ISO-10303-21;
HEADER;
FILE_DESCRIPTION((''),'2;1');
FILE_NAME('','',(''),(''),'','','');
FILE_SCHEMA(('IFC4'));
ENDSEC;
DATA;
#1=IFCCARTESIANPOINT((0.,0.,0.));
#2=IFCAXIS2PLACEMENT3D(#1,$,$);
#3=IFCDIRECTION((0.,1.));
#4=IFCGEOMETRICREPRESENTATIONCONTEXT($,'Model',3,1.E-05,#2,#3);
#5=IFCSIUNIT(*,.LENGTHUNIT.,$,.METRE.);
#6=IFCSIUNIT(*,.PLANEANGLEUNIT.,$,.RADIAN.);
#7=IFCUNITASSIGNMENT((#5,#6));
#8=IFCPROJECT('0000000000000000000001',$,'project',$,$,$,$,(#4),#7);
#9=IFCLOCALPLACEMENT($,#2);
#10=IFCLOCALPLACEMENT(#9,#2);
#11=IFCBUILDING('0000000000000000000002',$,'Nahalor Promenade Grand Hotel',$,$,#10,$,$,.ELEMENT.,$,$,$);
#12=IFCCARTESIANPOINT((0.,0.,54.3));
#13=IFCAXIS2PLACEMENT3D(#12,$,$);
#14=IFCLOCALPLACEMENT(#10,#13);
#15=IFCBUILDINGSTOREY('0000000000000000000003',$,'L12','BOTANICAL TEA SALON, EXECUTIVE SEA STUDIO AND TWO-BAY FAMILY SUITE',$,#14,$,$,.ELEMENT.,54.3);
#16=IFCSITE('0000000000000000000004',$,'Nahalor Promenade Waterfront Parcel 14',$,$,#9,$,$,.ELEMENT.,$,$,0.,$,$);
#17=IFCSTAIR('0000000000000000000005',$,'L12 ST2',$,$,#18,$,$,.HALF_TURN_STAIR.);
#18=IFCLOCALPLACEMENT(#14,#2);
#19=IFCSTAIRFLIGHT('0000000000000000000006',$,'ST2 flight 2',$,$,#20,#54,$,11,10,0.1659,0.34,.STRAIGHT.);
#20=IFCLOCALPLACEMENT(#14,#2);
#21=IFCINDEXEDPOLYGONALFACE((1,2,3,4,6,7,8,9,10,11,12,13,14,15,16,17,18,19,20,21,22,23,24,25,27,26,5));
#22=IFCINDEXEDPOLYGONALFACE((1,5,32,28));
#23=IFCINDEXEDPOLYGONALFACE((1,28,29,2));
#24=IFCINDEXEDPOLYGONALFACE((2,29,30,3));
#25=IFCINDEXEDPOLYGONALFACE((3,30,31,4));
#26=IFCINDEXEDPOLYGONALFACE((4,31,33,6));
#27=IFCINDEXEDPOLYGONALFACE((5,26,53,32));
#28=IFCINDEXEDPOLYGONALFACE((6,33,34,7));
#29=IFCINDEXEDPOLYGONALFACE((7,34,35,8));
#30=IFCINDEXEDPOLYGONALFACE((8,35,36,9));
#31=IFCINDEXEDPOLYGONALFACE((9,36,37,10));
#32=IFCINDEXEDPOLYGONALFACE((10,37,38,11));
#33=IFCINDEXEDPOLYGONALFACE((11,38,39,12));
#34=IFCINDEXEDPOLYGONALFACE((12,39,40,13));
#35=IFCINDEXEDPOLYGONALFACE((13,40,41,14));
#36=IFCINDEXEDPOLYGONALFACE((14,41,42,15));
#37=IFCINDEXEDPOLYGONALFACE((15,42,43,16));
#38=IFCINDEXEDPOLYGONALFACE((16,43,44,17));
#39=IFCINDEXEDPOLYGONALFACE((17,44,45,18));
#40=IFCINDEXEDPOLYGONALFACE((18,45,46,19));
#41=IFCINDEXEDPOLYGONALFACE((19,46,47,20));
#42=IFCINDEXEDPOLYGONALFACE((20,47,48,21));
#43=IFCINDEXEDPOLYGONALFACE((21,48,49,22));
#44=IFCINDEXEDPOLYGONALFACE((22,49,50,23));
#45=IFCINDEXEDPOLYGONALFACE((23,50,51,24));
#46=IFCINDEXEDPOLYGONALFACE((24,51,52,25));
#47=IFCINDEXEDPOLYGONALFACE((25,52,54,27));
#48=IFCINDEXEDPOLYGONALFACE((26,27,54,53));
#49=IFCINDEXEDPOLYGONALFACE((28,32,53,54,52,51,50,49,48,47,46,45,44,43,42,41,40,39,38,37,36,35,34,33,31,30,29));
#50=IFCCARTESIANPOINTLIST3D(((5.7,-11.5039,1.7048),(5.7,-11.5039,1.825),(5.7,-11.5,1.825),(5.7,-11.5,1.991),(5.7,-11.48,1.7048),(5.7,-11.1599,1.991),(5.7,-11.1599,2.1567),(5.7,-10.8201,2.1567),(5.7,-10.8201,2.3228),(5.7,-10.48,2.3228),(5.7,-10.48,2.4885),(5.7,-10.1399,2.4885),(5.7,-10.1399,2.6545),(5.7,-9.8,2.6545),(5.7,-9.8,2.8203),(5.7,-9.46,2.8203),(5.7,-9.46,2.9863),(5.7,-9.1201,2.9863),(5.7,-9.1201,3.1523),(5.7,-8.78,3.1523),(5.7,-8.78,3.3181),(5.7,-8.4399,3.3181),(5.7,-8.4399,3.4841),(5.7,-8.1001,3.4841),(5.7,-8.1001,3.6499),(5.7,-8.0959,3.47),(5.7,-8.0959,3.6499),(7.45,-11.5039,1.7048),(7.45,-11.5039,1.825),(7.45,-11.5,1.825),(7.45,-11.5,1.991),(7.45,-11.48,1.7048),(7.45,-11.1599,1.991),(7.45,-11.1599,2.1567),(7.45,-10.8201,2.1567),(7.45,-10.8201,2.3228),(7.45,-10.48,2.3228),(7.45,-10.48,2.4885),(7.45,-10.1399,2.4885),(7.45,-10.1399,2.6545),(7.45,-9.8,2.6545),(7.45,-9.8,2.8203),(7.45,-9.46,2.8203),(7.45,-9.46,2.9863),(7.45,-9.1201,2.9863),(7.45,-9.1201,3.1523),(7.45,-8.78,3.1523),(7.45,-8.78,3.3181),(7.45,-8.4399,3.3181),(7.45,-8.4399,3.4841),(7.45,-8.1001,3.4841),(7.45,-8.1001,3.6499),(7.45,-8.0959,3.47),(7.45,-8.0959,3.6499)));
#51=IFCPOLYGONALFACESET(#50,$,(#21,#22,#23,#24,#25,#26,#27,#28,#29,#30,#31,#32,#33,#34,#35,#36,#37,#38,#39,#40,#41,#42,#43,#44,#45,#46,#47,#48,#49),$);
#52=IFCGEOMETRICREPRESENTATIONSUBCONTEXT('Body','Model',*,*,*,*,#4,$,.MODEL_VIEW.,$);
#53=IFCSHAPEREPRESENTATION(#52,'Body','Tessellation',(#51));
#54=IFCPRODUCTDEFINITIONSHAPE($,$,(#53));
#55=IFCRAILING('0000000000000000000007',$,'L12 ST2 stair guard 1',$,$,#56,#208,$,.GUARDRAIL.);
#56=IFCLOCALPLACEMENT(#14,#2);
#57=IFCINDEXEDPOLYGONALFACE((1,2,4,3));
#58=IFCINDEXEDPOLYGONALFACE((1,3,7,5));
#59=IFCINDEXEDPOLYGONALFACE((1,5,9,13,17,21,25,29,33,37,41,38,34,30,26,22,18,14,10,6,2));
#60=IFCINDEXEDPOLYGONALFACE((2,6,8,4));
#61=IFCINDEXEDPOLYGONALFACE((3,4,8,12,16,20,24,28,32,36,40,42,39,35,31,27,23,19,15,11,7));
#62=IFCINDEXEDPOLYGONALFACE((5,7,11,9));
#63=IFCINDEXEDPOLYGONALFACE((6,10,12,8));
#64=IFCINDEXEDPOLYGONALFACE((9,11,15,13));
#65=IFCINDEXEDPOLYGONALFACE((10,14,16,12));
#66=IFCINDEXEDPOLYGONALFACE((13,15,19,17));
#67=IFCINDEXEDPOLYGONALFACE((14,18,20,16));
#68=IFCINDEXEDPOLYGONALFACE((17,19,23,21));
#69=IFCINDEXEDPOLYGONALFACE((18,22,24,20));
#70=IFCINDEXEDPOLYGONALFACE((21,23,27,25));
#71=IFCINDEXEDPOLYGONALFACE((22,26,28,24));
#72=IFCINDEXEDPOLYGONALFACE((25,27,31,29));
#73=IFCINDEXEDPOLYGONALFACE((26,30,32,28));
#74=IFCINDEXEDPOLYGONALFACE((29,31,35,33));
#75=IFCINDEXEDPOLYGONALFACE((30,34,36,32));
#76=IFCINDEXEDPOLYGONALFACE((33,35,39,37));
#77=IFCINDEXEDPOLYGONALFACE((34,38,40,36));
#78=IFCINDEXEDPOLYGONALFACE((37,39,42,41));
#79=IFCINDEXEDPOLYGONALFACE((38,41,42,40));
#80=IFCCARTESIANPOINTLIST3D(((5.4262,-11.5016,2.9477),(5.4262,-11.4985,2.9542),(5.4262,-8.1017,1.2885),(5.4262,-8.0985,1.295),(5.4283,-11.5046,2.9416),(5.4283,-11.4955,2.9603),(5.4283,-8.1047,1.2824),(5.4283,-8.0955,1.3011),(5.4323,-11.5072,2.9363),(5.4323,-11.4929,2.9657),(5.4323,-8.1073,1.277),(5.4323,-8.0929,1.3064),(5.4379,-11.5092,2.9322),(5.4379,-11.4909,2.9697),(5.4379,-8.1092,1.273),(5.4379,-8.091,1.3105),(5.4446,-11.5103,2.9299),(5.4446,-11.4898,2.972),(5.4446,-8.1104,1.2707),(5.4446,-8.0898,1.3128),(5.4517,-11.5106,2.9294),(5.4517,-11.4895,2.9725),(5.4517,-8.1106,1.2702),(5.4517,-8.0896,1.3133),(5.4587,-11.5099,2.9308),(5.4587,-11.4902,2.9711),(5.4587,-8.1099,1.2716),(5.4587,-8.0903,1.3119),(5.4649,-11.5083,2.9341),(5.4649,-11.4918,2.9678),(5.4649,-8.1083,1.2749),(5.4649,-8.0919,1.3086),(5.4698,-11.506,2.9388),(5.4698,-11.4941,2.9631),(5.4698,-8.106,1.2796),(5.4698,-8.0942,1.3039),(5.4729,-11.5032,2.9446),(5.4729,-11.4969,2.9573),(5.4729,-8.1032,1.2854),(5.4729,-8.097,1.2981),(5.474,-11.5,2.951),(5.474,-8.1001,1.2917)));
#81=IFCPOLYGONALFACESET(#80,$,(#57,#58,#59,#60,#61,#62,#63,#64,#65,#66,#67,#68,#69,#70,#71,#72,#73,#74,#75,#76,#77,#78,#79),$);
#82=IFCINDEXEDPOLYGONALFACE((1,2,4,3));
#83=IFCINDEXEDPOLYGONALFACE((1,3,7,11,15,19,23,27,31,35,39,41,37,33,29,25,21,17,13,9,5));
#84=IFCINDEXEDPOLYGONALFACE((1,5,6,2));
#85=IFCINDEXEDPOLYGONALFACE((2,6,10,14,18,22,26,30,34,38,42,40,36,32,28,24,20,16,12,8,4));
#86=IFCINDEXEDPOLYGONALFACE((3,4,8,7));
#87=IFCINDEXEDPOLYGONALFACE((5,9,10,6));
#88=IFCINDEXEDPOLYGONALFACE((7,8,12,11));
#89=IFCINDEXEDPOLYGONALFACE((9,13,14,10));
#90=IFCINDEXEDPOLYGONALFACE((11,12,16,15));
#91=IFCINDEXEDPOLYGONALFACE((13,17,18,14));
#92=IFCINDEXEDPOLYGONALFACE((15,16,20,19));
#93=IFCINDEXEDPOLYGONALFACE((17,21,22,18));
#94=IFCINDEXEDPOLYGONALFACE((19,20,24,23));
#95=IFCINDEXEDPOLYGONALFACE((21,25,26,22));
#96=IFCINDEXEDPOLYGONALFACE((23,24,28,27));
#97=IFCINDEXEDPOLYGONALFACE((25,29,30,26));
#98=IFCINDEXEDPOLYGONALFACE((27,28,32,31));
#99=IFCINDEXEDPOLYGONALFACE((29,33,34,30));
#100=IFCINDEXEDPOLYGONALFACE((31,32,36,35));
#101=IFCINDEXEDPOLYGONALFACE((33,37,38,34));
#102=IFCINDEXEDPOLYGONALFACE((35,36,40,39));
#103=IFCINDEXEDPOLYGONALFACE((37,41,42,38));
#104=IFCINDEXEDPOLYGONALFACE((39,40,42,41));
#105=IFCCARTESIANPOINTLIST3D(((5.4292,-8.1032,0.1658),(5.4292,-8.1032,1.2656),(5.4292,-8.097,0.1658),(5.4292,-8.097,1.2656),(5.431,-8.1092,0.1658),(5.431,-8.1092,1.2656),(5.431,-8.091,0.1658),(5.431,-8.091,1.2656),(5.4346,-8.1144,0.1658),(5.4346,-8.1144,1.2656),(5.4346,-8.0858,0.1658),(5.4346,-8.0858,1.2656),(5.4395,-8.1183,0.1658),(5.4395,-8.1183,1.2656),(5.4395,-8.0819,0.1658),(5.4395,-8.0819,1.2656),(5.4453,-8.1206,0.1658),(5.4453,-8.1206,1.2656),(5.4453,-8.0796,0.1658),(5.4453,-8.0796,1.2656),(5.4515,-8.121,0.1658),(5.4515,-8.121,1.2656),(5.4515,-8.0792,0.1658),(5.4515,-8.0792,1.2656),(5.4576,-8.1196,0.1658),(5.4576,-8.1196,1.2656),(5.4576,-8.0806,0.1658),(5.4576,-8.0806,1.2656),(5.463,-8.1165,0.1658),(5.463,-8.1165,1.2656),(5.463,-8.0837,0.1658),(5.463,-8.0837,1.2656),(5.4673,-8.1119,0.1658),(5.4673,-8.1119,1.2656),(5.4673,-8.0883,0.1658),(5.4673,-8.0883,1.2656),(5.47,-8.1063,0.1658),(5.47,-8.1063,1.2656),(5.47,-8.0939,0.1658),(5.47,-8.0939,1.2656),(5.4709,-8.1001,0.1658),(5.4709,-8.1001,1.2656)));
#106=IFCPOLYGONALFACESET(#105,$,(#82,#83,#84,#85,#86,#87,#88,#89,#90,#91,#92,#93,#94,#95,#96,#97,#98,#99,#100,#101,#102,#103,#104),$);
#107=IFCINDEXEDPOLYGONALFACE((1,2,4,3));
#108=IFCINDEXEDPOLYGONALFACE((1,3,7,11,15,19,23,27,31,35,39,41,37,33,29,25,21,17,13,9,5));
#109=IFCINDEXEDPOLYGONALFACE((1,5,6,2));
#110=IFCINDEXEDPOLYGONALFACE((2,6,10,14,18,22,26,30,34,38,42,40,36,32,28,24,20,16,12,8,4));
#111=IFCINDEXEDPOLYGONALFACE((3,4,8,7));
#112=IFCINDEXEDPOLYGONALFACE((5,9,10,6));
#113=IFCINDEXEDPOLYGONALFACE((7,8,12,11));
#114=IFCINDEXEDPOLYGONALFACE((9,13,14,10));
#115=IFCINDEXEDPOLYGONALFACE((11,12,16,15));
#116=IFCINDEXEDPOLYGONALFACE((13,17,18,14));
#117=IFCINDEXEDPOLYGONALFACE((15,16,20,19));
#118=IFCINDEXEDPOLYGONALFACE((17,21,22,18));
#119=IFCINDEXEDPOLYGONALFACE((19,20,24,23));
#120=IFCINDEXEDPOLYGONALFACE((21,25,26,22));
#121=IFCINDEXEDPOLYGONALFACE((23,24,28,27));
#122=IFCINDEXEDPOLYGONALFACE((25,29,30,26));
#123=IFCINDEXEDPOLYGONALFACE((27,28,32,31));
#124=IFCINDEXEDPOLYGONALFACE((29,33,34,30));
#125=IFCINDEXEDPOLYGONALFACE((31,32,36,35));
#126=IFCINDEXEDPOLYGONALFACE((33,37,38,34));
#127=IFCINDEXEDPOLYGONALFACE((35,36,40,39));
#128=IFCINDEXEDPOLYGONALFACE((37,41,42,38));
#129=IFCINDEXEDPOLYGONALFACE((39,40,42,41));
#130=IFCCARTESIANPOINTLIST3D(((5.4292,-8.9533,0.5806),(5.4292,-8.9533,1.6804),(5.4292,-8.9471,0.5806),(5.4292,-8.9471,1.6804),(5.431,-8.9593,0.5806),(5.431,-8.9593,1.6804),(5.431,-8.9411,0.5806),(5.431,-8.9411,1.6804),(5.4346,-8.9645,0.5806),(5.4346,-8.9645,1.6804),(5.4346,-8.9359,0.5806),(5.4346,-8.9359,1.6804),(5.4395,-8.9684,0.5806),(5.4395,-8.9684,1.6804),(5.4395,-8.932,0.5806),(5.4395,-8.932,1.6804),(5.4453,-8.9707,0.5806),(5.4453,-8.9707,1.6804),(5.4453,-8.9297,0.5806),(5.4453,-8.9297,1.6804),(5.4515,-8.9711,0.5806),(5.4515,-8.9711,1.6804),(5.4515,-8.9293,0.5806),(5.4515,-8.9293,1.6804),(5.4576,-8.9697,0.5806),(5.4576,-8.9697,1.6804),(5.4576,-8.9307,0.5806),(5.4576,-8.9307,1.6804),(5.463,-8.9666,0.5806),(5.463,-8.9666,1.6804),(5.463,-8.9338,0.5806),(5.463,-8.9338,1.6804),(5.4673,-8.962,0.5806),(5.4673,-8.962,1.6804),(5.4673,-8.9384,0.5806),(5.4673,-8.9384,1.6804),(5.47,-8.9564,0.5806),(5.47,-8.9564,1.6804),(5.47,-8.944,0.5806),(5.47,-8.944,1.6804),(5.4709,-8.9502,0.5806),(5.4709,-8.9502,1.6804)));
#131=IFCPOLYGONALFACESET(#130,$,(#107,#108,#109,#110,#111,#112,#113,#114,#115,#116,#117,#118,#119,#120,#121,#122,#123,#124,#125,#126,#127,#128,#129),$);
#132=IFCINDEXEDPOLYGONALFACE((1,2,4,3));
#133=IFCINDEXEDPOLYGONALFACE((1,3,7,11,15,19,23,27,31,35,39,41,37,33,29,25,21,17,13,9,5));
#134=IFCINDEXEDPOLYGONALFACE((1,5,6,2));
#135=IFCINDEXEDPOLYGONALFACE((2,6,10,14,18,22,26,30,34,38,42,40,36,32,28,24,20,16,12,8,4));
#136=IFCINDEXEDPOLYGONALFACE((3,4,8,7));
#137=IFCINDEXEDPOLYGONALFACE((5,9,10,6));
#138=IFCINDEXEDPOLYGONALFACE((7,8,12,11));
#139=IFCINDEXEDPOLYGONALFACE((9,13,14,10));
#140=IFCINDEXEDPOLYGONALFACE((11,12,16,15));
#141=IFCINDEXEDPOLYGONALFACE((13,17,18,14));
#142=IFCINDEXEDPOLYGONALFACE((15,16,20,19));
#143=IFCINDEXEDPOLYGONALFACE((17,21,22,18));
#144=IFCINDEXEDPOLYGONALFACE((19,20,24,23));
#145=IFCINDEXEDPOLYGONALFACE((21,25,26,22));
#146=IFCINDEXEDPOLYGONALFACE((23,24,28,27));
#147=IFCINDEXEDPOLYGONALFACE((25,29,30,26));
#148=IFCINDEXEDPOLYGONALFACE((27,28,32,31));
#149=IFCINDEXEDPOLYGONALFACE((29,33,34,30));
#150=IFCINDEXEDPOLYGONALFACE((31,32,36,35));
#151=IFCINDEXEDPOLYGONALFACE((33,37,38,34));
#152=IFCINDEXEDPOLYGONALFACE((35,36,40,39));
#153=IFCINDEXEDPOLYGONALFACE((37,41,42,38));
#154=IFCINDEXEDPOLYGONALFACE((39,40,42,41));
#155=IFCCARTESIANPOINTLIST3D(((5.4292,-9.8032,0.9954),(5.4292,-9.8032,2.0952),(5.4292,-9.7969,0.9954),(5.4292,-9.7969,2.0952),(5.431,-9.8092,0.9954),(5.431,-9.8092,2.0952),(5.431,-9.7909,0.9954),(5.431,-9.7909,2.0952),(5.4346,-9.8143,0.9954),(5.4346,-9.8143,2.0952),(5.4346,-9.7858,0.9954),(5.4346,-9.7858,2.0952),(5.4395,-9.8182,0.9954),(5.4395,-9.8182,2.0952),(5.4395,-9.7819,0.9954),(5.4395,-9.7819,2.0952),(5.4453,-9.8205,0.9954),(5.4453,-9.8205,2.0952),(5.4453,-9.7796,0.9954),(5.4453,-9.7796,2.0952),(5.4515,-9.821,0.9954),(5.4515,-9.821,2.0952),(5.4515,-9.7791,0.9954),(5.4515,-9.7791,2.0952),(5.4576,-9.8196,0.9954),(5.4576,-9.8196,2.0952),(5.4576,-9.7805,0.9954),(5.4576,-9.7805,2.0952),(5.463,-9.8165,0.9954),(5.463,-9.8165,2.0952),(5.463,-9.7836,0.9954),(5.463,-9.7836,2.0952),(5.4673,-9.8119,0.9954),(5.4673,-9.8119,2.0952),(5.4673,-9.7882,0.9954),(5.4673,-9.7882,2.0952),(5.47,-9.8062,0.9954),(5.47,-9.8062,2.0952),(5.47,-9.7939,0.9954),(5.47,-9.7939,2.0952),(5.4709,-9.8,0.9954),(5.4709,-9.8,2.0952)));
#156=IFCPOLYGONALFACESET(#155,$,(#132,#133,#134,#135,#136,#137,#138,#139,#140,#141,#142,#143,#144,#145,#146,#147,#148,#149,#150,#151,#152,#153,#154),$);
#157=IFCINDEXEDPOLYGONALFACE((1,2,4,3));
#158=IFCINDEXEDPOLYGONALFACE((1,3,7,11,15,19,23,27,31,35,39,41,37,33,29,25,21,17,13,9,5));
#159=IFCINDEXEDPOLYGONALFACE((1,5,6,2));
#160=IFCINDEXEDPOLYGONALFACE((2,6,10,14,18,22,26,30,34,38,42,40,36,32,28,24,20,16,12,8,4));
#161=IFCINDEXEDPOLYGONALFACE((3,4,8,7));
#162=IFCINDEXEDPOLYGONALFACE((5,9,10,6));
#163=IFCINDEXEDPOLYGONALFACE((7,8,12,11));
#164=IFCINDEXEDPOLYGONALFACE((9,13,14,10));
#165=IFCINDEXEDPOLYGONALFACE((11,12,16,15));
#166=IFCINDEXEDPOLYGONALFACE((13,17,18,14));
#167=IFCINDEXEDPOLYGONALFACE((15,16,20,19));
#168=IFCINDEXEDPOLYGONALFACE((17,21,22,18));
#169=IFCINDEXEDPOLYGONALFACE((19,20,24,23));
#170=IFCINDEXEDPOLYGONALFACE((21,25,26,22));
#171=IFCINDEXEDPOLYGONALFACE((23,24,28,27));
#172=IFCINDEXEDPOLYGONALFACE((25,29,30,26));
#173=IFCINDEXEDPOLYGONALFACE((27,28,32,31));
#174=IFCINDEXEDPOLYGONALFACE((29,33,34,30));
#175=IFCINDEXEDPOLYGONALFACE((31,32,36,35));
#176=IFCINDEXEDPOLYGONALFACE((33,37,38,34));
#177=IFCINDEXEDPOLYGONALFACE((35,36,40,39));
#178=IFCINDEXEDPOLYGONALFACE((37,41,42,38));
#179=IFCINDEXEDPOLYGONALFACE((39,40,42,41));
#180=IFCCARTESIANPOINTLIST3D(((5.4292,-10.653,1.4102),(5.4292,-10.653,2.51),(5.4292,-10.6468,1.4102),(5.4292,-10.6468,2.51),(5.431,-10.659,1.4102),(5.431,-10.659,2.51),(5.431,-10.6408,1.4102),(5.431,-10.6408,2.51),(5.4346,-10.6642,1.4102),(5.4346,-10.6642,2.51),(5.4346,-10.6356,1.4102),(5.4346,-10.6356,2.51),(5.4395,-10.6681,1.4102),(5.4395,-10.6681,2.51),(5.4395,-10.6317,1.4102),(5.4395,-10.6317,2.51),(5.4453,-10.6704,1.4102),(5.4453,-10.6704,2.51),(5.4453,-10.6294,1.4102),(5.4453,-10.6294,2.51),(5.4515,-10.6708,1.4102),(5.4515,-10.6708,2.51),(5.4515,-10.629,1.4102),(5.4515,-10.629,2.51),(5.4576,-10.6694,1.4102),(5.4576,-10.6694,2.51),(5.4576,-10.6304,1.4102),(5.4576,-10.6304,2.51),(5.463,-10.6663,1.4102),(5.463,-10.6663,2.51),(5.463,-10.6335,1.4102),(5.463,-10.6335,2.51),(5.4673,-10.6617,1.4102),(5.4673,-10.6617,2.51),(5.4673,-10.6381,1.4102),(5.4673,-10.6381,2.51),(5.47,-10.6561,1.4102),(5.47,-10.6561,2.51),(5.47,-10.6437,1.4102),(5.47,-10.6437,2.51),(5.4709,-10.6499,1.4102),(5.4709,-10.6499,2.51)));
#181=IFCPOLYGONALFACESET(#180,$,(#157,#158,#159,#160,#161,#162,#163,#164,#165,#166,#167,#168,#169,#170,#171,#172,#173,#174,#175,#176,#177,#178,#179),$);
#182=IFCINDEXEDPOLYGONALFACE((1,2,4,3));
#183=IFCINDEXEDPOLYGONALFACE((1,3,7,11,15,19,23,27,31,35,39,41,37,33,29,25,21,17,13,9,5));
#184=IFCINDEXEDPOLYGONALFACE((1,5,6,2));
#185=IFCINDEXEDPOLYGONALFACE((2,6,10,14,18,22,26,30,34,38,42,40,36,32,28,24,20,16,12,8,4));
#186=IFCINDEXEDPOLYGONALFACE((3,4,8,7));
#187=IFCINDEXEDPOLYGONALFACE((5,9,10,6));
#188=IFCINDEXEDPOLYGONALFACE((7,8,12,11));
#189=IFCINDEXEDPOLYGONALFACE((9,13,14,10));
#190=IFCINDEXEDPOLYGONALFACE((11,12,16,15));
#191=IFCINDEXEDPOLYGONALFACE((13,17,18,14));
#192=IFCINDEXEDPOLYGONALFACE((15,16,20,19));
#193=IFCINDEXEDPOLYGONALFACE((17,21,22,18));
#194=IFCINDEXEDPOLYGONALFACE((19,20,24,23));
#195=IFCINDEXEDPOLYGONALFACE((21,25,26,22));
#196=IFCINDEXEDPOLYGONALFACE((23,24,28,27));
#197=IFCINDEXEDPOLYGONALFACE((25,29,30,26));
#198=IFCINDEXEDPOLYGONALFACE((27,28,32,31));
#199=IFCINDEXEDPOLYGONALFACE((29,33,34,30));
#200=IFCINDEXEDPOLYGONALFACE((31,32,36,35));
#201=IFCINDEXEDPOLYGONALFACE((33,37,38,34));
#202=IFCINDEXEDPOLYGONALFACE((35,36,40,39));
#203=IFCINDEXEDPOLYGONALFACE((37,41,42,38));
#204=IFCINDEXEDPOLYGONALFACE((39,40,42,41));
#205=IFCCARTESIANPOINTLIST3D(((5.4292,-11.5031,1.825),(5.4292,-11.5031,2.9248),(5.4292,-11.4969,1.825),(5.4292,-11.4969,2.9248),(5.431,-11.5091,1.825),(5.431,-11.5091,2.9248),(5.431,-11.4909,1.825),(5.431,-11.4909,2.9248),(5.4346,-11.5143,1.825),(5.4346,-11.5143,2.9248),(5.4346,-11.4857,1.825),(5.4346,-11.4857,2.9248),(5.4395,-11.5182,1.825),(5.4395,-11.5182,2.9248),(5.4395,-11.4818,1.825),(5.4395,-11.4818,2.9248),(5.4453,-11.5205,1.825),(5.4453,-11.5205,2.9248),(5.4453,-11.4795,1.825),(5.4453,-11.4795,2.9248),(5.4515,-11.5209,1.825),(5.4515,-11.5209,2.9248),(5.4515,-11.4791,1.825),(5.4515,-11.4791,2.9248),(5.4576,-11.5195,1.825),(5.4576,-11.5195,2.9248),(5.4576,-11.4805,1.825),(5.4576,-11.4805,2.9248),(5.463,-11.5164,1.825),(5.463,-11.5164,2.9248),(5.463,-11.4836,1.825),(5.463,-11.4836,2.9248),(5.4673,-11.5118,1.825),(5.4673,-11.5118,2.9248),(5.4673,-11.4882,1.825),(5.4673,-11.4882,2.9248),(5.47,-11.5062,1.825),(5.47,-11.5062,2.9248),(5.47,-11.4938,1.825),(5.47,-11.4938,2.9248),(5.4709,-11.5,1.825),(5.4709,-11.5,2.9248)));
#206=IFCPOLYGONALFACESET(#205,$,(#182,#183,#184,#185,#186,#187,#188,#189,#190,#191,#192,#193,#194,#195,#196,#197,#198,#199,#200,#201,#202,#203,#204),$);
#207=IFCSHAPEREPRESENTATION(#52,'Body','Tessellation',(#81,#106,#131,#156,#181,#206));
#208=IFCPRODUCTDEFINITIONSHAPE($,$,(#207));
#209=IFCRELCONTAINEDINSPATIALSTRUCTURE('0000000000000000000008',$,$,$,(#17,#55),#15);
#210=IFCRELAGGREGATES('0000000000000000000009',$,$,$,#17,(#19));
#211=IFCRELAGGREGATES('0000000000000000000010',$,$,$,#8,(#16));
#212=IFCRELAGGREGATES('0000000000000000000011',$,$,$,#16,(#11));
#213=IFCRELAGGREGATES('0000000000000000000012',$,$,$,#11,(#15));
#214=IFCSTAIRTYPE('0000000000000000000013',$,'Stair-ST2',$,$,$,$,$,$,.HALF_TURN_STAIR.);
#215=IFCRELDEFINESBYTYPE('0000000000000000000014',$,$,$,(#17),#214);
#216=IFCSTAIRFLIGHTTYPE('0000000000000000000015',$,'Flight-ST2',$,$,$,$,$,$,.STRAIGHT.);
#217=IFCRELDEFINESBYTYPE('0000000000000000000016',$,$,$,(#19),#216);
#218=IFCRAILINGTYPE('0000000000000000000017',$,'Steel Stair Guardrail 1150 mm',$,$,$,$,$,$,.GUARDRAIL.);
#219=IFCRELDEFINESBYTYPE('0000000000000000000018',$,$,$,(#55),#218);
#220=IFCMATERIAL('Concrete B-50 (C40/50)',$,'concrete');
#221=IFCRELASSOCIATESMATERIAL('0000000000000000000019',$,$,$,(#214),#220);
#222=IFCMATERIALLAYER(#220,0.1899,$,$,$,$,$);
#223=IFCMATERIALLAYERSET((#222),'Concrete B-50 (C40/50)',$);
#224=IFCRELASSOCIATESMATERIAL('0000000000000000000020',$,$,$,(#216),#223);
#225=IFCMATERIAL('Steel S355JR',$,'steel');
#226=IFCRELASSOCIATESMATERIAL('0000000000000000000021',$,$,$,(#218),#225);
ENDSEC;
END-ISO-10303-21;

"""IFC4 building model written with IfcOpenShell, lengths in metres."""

from ifc_helpers import new_model, si_unit, direction, frame, origin, origin_2d, place, context, subcontext, project, spatial, polyline, circle, outline, extrude, source, transform, mapped, material, layer, layer_set, type_object, element, aggregate, save


model = new_model("IFC4")

# Units and contexts
model_context = context("Model", 3, precision=1e-05, world=origin(), true_north=direction((0.0, 1.0)))
body_context = subcontext(model_context, "Body", "Model", "MODEL_VIEW")
ifc_project = project(units=[si_unit("LENGTHUNIT", "METRE"), si_unit("PLANEANGLEUNIT", "RADIAN")], contexts=[model_context])

# Site, building, storey
site_placement = place(None, origin())
site = spatial("IfcSite", under=ifc_project, at=site_placement, Name="Nahalor Promenade Waterfront Parcel 14", CompositionType="ELEMENT", RefElevation=0.0)
building_placement = place(site_placement, origin())
building = spatial("IfcBuilding", under=site, at=building_placement, Name="Nahalor Promenade Grand Hotel", CompositionType="ELEMENT")
storey_placement = place(building_placement, frame((0.0, 0.0, 54.3)))
storey = spatial("IfcBuildingStorey", under=building, at=storey_placement, Name="L12", Description="BOTANICAL TEA SALON, EXECUTIVE SEA STUDIO AND TWO-BAY FAMILY SUITE", CompositionType="ELEMENT", Elevation=54.3)

# Shared definitions
ifc_material_1 = material(Name="Steel S355JR", Category="steel")

# Shared definitions
ifc_material_2 = material(Name="Concrete B-50 (C40/50)", Category="concrete")

# Stair, stair flight
stair_type = type_object("IfcStairType", Name="Stair-ST2", PredefinedType="HALF_TURN_STAIR", material=ifc_material_2)
stair_placement = place(storey_placement, origin())
stair = element("IfcStair", 1, at=stair_placement, inside=storey, type_object=stair_type, Name="L12 ST2", PredefinedType="HALF_TURN_STAIR")
ifc_layer_1 = layer(ifc_material_2, 0.1899)
ifc_layer_set_1 = layer_set([ifc_layer_1], Name="Concrete B-50 (C40/50)")
stair_flight_type = type_object("IfcStairFlightType", Name="Flight-ST2", PredefinedType="STRAIGHT", material=ifc_layer_set_1)
shared_shape_1 = source(origin(), body_context, "Body", "SweptSolid", [
    extrude(outline(polyline([(-0.0039, -0.1201), (-0.0039, 0.0), (0.0, 0.0), (0.0, 0.166), (0.3401, 0.166), (0.3401, 0.3318), (0.6799, 0.3318), (0.6799, 0.4978), (1.02, 0.4978), (1.02, 0.6636), (1.3601, 0.6636), (1.3601, 0.8296), (1.7, 0.8296), (1.7, 0.9954), (2.04, 0.9954), (2.04, 1.1614), (2.3799, 1.1614), (2.3799, 1.3274), (2.72, 1.3274), (2.72, 1.4932), (3.0601, 1.4932), (3.0601, 1.6592), (3.3999, 1.6592), (3.3999, 1.825), (3.4041, 1.825), (3.4041, 1.645), (0.02, -0.1201), (-0.0039, -0.1201)])), frame((0.0, 0.875, 0.0), z_axis=(0.0, -1.0, 0.0), x_axis=(1.0, 0.0, 0.0)), (0.0, 0.0, 1.0), 1.75),
])
stair_flight_1_placement = place(storey_placement, frame((6.575, -11.5, 1.825), z_axis=(0.0, 0.0, 1.0), x_axis=(0.0, 1.0, 0.0)))
stair_flight_1 = element("IfcStairFlight", 2, at=stair_flight_1_placement, type_object=stair_flight_type, Name="ST2 flight 2", NumberOfRisers=11, NumberOfTreads=10, PredefinedType="STRAIGHT", RiserHeight=0.1659, TreadLength=0.34, context=body_context, shape_type="MappedRepresentation", body=[
    mapped(shared_shape_1, transform((0.0, 0.0, 0.0), scale=1.0)),
])
aggregate(stair, [stair_flight_1])

# Railing
railing_type_1 = type_object("IfcRailingType", Name="Steel Stair Guardrail 1150 mm", PredefinedType="GUARDRAIL", material=ifc_material_1)
railing_1_placement = place(storey_placement, frame((5.45, -8.1001, 0.1658)))
element("IfcRailing", 3, at=railing_1_placement, inside=storey, type_object=railing_type_1, Name="L12 ST2 stair guard 1", PredefinedType="GUARDRAIL", context=body_context, shape_type="SweptSolid", body=[
    extrude(circle(Radius=0.024, at=origin_2d()), frame((0.0, 0.0, 1.126), z_axis=(0.0, -0.898696, 0.438571), x_axis=(1.0, 0.0, 0.0)), (0.0, 0.0, 1.0), 3.7832),
    extrude(circle(Radius=0.021, at=origin_2d()), origin(), (0.0, 0.0, 1.0), 1.0999),
    extrude(circle(Radius=0.021, at=origin_2d()), frame((0.0, -0.8501, 0.4148)), (0.0, 0.0, 1.0), 1.0999),
    extrude(circle(Radius=0.021, at=origin_2d()), frame((0.0, -1.7, 0.8296)), (0.0, 0.0, 1.0), 1.0999),
    extrude(circle(Radius=0.021, at=origin_2d()), frame((0.0, -2.5498, 1.2444)), (0.0, 0.0, 1.0), 1.0999),
    extrude(circle(Radius=0.021, at=origin_2d()), frame((0.0, -3.3999, 1.6592)), (0.0, 0.0, 1.0), 1.0999),
])

save(model, "model.ifc")
